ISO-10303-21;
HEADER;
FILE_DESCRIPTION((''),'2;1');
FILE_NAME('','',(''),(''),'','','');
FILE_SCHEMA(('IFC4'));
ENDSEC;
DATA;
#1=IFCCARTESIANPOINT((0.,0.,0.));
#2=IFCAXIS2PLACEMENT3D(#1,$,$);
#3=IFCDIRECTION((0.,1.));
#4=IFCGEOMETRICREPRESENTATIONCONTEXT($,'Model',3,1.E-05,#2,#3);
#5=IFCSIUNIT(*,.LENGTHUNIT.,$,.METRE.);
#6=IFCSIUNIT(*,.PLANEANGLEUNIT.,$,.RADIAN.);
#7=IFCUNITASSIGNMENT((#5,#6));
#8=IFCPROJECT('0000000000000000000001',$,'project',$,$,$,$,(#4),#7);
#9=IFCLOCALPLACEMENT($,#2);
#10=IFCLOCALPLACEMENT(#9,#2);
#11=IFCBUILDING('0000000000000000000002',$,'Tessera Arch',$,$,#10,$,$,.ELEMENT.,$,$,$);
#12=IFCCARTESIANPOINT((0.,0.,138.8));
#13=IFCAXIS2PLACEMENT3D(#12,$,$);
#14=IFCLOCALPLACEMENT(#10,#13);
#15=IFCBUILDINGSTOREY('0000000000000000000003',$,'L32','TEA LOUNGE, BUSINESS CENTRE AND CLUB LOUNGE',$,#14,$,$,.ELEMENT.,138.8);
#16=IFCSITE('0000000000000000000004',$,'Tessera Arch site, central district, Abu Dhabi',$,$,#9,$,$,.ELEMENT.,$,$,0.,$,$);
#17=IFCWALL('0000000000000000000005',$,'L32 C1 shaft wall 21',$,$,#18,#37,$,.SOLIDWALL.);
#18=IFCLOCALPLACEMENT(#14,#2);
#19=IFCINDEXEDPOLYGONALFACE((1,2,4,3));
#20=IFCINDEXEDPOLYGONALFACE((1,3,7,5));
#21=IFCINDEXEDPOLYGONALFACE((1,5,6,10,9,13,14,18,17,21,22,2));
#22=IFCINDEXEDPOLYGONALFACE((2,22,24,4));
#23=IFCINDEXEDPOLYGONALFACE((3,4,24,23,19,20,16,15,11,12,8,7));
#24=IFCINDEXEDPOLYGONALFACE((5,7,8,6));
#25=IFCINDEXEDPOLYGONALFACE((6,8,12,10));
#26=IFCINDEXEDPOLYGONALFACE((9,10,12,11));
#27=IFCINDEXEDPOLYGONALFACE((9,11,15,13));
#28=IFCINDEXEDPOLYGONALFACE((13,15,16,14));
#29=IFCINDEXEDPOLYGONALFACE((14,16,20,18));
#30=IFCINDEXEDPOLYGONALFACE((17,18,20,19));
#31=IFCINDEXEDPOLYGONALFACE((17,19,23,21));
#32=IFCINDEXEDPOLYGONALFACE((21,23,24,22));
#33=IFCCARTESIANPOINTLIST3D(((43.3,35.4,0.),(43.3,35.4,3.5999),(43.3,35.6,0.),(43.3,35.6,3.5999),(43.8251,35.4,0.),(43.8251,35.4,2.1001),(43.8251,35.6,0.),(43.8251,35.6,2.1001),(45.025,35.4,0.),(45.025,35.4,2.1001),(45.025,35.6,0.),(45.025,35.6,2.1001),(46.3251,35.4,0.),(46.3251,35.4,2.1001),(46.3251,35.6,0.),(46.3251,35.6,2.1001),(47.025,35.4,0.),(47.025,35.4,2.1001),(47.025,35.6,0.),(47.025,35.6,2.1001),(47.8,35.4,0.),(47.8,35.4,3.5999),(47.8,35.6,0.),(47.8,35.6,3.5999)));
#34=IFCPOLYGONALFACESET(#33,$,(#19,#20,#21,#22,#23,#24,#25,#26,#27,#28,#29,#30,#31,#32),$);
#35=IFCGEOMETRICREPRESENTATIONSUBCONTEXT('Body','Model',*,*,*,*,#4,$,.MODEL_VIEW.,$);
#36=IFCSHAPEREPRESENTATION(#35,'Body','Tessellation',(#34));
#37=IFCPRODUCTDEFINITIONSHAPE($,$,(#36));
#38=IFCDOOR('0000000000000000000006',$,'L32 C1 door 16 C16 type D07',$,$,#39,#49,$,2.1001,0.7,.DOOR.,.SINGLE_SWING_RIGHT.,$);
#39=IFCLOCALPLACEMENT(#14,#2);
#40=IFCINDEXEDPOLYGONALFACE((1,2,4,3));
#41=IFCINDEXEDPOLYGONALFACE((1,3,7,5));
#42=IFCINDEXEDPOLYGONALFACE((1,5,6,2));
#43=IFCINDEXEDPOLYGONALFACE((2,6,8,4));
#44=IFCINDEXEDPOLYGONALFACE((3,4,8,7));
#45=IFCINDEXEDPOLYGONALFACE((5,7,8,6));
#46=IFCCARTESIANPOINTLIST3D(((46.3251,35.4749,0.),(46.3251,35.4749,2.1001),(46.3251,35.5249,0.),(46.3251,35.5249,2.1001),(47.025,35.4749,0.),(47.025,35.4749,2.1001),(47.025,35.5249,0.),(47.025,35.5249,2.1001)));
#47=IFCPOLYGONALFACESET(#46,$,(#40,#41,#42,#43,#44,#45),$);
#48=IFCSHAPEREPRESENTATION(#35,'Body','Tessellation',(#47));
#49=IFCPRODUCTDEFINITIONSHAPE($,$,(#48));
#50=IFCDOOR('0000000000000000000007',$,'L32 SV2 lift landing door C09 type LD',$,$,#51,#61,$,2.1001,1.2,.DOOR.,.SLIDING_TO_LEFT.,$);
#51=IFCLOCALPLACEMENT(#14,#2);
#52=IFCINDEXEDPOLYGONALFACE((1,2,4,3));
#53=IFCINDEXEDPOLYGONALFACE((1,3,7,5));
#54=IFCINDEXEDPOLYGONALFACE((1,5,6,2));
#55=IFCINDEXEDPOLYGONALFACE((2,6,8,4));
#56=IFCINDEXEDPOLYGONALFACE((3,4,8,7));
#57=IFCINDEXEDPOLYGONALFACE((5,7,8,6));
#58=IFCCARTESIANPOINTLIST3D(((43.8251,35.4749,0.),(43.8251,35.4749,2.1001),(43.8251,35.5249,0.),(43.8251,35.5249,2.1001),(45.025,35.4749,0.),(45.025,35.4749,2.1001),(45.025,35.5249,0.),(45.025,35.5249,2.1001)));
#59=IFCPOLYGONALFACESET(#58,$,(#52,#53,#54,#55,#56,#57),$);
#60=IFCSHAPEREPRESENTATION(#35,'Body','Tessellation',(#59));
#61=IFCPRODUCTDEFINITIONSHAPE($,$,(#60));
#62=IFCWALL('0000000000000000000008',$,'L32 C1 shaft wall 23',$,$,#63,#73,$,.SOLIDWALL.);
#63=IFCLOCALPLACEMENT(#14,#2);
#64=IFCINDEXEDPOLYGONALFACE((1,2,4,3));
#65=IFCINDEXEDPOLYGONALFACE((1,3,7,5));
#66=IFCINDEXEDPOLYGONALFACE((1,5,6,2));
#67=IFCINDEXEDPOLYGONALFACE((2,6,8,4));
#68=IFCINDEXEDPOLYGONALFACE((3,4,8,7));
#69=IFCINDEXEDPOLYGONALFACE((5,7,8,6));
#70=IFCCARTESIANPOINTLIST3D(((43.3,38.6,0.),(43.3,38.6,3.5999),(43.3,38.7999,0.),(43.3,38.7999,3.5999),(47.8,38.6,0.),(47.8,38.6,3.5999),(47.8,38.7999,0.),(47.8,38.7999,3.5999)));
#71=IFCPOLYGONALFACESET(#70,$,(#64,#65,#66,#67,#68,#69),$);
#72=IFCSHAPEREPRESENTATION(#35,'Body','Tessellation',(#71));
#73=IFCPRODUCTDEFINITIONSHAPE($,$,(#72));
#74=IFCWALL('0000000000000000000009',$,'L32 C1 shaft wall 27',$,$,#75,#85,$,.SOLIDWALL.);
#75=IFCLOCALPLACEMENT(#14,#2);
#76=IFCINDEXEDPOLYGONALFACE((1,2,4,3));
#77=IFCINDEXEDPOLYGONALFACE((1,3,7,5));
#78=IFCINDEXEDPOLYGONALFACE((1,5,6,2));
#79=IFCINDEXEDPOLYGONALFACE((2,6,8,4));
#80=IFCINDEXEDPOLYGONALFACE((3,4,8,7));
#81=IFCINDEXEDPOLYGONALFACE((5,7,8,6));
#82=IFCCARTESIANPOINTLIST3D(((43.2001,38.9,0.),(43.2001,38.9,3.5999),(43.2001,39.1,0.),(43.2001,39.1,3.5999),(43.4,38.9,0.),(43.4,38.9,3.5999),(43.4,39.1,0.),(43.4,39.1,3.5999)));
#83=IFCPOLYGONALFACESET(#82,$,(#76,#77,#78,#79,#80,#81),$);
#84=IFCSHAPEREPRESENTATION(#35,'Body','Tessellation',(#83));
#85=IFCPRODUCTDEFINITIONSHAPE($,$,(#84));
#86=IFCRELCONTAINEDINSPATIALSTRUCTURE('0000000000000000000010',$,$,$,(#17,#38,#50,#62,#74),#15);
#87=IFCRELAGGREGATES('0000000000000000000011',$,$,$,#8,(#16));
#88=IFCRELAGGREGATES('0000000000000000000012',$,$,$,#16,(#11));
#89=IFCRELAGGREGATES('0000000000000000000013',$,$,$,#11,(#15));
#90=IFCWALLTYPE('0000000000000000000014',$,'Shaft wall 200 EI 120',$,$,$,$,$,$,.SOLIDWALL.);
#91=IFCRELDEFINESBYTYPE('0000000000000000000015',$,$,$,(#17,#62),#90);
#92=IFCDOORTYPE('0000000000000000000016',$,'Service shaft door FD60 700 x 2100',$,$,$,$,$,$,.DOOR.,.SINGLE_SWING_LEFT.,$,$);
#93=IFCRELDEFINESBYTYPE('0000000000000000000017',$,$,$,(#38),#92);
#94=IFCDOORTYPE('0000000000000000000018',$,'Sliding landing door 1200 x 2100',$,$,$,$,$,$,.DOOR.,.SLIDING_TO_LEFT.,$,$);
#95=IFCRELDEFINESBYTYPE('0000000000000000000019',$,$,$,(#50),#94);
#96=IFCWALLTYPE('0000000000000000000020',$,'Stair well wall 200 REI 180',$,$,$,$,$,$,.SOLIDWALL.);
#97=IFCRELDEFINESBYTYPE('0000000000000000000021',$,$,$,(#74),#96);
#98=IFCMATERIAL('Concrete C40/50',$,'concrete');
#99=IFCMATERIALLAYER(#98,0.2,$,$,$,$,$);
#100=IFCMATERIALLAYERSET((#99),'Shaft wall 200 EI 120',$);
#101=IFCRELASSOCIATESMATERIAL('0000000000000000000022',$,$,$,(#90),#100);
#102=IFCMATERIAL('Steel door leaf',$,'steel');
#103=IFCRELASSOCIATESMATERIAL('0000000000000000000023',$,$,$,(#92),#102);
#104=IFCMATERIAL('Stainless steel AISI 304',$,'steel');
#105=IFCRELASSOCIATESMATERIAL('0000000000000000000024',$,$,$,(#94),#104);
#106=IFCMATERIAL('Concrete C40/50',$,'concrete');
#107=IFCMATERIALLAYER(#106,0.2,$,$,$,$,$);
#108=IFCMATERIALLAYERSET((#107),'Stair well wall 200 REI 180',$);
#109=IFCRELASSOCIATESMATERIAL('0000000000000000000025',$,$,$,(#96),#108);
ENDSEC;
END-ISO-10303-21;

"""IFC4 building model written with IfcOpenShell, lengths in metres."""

from ifc_helpers import new_model, si_unit, direction, frame, frame_2d, origin, place, context, subcontext, project, spatial, rectangle, extrude, material, layer, layer_set, type_object, element, fill, save


model = new_model("IFC4")

# Units and contexts
model_context = context("Model", 3, precision=1e-05, world=origin(), true_north=direction((0.0, 1.0)))
body_context = subcontext(model_context, "Body", "Model", "MODEL_VIEW")
ifc_project = project(units=[si_unit("LENGTHUNIT", "METRE"), si_unit("PLANEANGLEUNIT", "RADIAN")], contexts=[model_context])

# Site, building, storey
site_placement = place(None, origin())
site = spatial("IfcSite", under=ifc_project, at=site_placement, Name="Tessera Arch site, central district, Abu Dhabi", CompositionType="ELEMENT", RefElevation=0.0)
building_placement = place(site_placement, origin())
building = spatial("IfcBuilding", under=site, at=building_placement, Name="Tessera Arch", CompositionType="ELEMENT")
storey_placement = place(building_placement, frame((0.0, 0.0, 138.8)))
storey = spatial("IfcBuildingStorey", under=building, at=storey_placement, Name="L32", Description="TEA LOUNGE, BUSINESS CENTRE AND CLUB LOUNGE", CompositionType="ELEMENT", Elevation=138.8)

# Shared definitions
ifc_material_1 = material(Name="Concrete C40/50", Category="concrete")
ifc_layer_1 = layer(ifc_material_1, 0.2)
ifc_layer_set_1 = layer_set([ifc_layer_1], Name="Shaft wall 200 EI 120")
wall_type_1 = type_object("IfcWallType", Name="Shaft wall 200 EI 120", PredefinedType="SOLIDWALL", material=ifc_layer_set_1)

# Wall, openings, doors
wall_1_placement = place(storey_placement, frame((43.3, 35.5, 0.0), z_axis=(0.0, 0.0, 1.0), x_axis=(1.0, 0.0, 0.0)))
wall_1 = element("IfcWall", 1, at=wall_1_placement, inside=storey, type_object=wall_type_1, Name="L32 C1 shaft wall 21", PredefinedType="SOLIDWALL", context=body_context, shape_type="SweptSolid", body=[
    extrude(rectangle(XDim=4.5, YDim=0.2, at=frame_2d((2.25, 0.0))), origin(), (0.0, 0.0, 1.0), 3.5999),
])
opening_1_placement = place(wall_1_placement, frame((0.5249, 0.0, 0.0)))
opening_1 = element("IfcOpeningElement", 2, at=opening_1_placement, cuts=wall_1, PredefinedType="OPENING", context=body_context, shape_type="SweptSolid", body=[
    extrude(rectangle(XDim=1.2, YDim=2.1001, at=frame_2d((0.6001, 1.05))), frame((0.0, 0.1099, 0.0), z_axis=(0.0, -1.0, 0.0), x_axis=(1.0, 0.0, 0.0)), (0.0, 0.0, 1.0), 0.22),
])
opening_2_placement = place(wall_1_placement, frame((3.0249, 0.0, 0.0)))
opening_2 = element("IfcOpeningElement", 3, at=opening_2_placement, cuts=wall_1, PredefinedType="OPENING", context=body_context, shape_type="SweptSolid", body=[
    extrude(rectangle(XDim=0.7, YDim=2.1001, at=frame_2d((0.3501, 1.05))), frame((0.0, 0.1099, 0.0), z_axis=(0.0, -1.0, 0.0), x_axis=(1.0, 0.0, 0.0)), (0.0, 0.0, 1.0), 0.22),
])
ifc_material_2 = material(Name="Steel door leaf", Category="steel")
door_type_1 = type_object("IfcDoorType", Name="Service shaft door FD60 700 x 2100", OperationType="SINGLE_SWING_LEFT", PredefinedType="DOOR", material=ifc_material_2)
door_1_placement = place(opening_2_placement, origin())
door_1 = element("IfcDoor", 4, at=door_1_placement, inside=storey, type_object=door_type_1, Name="L32 C1 door 16 C16 type D07", OperationType="SINGLE_SWING_RIGHT", OverallHeight=2.1001, OverallWidth=0.7, PredefinedType="DOOR", context=body_context, shape_type="SweptSolid", body=[
    extrude(rectangle(XDim=0.7, YDim=2.1001, at=frame_2d((0.3501, 1.05))), frame((0.0, 0.0249, 0.0), z_axis=(0.0, -1.0, 0.0), x_axis=(1.0, 0.0, 0.0)), (0.0, 0.0, 1.0), 0.05),
])
fill(opening_2, door_1)
ifc_material_3 = material(Name="Stainless steel AISI 304", Category="steel")
door_type_2 = type_object("IfcDoorType", Name="Sliding landing door 1200 x 2100", OperationType="SLIDING_TO_LEFT", PredefinedType="DOOR", material=ifc_material_3)
door_2_placement = place(opening_1_placement, origin())
door_2 = element("IfcDoor", 5, at=door_2_placement, inside=storey, type_object=door_type_2, Name="L32 SV2 lift landing door C09 type LD", OperationType="SLIDING_TO_LEFT", OverallHeight=2.1001, OverallWidth=1.2, PredefinedType="DOOR", context=body_context, shape_type="SweptSolid", body=[
    extrude(rectangle(XDim=1.2, YDim=2.1001, at=frame_2d((0.6001, 1.05))), frame((0.0, 0.0249, 0.0), z_axis=(0.0, -1.0, 0.0), x_axis=(1.0, 0.0, 0.0)), (0.0, 0.0, 1.0), 0.05),
])
fill(opening_1, door_2)

# Walls
wall_2_placement = place(storey_placement, frame((43.3, 38.7, 0.0), z_axis=(0.0, 0.0, 1.0), x_axis=(1.0, 0.0, 0.0)))
element("IfcWall", 6, at=wall_2_placement, inside=storey, type_object=wall_type_1, Name="L32 C1 shaft wall 23", PredefinedType="SOLIDWALL", context=body_context, shape_type="SweptSolid", body=[
    extrude(rectangle(XDim=4.5, YDim=0.2, at=frame_2d((2.25, 0.0))), origin(), (0.0, 0.0, 1.0), 3.5999),
])
ifc_material_4 = material(Name="Concrete C40/50", Category="concrete")
ifc_layer_2 = layer(ifc_material_4, 0.2)
ifc_layer_set_2 = layer_set([ifc_layer_2], Name="Stair well wall 200 REI 180")
wall_type_2 = type_object("IfcWallType", Name="Stair well wall 200 REI 180", PredefinedType="SOLIDWALL", material=ifc_layer_set_2)
wall_3_placement = place(storey_placement, frame((43.2, 39.0, 0.0), z_axis=(0.0, 0.0, 1.0), x_axis=(1.0, 0.0, 0.0)))
element("IfcWall", 7, at=wall_3_placement, inside=storey, type_object=wall_type_2, Name="L32 C1 shaft wall 27", PredefinedType="SOLIDWALL", context=body_context, shape_type="SweptSolid", body=[
    extrude(rectangle(XDim=0.2, YDim=0.2, at=frame_2d((0.1001, 0.0))), origin(), (0.0, 0.0, 1.0), 3.5999),
])

save(model, "model.ifc")
